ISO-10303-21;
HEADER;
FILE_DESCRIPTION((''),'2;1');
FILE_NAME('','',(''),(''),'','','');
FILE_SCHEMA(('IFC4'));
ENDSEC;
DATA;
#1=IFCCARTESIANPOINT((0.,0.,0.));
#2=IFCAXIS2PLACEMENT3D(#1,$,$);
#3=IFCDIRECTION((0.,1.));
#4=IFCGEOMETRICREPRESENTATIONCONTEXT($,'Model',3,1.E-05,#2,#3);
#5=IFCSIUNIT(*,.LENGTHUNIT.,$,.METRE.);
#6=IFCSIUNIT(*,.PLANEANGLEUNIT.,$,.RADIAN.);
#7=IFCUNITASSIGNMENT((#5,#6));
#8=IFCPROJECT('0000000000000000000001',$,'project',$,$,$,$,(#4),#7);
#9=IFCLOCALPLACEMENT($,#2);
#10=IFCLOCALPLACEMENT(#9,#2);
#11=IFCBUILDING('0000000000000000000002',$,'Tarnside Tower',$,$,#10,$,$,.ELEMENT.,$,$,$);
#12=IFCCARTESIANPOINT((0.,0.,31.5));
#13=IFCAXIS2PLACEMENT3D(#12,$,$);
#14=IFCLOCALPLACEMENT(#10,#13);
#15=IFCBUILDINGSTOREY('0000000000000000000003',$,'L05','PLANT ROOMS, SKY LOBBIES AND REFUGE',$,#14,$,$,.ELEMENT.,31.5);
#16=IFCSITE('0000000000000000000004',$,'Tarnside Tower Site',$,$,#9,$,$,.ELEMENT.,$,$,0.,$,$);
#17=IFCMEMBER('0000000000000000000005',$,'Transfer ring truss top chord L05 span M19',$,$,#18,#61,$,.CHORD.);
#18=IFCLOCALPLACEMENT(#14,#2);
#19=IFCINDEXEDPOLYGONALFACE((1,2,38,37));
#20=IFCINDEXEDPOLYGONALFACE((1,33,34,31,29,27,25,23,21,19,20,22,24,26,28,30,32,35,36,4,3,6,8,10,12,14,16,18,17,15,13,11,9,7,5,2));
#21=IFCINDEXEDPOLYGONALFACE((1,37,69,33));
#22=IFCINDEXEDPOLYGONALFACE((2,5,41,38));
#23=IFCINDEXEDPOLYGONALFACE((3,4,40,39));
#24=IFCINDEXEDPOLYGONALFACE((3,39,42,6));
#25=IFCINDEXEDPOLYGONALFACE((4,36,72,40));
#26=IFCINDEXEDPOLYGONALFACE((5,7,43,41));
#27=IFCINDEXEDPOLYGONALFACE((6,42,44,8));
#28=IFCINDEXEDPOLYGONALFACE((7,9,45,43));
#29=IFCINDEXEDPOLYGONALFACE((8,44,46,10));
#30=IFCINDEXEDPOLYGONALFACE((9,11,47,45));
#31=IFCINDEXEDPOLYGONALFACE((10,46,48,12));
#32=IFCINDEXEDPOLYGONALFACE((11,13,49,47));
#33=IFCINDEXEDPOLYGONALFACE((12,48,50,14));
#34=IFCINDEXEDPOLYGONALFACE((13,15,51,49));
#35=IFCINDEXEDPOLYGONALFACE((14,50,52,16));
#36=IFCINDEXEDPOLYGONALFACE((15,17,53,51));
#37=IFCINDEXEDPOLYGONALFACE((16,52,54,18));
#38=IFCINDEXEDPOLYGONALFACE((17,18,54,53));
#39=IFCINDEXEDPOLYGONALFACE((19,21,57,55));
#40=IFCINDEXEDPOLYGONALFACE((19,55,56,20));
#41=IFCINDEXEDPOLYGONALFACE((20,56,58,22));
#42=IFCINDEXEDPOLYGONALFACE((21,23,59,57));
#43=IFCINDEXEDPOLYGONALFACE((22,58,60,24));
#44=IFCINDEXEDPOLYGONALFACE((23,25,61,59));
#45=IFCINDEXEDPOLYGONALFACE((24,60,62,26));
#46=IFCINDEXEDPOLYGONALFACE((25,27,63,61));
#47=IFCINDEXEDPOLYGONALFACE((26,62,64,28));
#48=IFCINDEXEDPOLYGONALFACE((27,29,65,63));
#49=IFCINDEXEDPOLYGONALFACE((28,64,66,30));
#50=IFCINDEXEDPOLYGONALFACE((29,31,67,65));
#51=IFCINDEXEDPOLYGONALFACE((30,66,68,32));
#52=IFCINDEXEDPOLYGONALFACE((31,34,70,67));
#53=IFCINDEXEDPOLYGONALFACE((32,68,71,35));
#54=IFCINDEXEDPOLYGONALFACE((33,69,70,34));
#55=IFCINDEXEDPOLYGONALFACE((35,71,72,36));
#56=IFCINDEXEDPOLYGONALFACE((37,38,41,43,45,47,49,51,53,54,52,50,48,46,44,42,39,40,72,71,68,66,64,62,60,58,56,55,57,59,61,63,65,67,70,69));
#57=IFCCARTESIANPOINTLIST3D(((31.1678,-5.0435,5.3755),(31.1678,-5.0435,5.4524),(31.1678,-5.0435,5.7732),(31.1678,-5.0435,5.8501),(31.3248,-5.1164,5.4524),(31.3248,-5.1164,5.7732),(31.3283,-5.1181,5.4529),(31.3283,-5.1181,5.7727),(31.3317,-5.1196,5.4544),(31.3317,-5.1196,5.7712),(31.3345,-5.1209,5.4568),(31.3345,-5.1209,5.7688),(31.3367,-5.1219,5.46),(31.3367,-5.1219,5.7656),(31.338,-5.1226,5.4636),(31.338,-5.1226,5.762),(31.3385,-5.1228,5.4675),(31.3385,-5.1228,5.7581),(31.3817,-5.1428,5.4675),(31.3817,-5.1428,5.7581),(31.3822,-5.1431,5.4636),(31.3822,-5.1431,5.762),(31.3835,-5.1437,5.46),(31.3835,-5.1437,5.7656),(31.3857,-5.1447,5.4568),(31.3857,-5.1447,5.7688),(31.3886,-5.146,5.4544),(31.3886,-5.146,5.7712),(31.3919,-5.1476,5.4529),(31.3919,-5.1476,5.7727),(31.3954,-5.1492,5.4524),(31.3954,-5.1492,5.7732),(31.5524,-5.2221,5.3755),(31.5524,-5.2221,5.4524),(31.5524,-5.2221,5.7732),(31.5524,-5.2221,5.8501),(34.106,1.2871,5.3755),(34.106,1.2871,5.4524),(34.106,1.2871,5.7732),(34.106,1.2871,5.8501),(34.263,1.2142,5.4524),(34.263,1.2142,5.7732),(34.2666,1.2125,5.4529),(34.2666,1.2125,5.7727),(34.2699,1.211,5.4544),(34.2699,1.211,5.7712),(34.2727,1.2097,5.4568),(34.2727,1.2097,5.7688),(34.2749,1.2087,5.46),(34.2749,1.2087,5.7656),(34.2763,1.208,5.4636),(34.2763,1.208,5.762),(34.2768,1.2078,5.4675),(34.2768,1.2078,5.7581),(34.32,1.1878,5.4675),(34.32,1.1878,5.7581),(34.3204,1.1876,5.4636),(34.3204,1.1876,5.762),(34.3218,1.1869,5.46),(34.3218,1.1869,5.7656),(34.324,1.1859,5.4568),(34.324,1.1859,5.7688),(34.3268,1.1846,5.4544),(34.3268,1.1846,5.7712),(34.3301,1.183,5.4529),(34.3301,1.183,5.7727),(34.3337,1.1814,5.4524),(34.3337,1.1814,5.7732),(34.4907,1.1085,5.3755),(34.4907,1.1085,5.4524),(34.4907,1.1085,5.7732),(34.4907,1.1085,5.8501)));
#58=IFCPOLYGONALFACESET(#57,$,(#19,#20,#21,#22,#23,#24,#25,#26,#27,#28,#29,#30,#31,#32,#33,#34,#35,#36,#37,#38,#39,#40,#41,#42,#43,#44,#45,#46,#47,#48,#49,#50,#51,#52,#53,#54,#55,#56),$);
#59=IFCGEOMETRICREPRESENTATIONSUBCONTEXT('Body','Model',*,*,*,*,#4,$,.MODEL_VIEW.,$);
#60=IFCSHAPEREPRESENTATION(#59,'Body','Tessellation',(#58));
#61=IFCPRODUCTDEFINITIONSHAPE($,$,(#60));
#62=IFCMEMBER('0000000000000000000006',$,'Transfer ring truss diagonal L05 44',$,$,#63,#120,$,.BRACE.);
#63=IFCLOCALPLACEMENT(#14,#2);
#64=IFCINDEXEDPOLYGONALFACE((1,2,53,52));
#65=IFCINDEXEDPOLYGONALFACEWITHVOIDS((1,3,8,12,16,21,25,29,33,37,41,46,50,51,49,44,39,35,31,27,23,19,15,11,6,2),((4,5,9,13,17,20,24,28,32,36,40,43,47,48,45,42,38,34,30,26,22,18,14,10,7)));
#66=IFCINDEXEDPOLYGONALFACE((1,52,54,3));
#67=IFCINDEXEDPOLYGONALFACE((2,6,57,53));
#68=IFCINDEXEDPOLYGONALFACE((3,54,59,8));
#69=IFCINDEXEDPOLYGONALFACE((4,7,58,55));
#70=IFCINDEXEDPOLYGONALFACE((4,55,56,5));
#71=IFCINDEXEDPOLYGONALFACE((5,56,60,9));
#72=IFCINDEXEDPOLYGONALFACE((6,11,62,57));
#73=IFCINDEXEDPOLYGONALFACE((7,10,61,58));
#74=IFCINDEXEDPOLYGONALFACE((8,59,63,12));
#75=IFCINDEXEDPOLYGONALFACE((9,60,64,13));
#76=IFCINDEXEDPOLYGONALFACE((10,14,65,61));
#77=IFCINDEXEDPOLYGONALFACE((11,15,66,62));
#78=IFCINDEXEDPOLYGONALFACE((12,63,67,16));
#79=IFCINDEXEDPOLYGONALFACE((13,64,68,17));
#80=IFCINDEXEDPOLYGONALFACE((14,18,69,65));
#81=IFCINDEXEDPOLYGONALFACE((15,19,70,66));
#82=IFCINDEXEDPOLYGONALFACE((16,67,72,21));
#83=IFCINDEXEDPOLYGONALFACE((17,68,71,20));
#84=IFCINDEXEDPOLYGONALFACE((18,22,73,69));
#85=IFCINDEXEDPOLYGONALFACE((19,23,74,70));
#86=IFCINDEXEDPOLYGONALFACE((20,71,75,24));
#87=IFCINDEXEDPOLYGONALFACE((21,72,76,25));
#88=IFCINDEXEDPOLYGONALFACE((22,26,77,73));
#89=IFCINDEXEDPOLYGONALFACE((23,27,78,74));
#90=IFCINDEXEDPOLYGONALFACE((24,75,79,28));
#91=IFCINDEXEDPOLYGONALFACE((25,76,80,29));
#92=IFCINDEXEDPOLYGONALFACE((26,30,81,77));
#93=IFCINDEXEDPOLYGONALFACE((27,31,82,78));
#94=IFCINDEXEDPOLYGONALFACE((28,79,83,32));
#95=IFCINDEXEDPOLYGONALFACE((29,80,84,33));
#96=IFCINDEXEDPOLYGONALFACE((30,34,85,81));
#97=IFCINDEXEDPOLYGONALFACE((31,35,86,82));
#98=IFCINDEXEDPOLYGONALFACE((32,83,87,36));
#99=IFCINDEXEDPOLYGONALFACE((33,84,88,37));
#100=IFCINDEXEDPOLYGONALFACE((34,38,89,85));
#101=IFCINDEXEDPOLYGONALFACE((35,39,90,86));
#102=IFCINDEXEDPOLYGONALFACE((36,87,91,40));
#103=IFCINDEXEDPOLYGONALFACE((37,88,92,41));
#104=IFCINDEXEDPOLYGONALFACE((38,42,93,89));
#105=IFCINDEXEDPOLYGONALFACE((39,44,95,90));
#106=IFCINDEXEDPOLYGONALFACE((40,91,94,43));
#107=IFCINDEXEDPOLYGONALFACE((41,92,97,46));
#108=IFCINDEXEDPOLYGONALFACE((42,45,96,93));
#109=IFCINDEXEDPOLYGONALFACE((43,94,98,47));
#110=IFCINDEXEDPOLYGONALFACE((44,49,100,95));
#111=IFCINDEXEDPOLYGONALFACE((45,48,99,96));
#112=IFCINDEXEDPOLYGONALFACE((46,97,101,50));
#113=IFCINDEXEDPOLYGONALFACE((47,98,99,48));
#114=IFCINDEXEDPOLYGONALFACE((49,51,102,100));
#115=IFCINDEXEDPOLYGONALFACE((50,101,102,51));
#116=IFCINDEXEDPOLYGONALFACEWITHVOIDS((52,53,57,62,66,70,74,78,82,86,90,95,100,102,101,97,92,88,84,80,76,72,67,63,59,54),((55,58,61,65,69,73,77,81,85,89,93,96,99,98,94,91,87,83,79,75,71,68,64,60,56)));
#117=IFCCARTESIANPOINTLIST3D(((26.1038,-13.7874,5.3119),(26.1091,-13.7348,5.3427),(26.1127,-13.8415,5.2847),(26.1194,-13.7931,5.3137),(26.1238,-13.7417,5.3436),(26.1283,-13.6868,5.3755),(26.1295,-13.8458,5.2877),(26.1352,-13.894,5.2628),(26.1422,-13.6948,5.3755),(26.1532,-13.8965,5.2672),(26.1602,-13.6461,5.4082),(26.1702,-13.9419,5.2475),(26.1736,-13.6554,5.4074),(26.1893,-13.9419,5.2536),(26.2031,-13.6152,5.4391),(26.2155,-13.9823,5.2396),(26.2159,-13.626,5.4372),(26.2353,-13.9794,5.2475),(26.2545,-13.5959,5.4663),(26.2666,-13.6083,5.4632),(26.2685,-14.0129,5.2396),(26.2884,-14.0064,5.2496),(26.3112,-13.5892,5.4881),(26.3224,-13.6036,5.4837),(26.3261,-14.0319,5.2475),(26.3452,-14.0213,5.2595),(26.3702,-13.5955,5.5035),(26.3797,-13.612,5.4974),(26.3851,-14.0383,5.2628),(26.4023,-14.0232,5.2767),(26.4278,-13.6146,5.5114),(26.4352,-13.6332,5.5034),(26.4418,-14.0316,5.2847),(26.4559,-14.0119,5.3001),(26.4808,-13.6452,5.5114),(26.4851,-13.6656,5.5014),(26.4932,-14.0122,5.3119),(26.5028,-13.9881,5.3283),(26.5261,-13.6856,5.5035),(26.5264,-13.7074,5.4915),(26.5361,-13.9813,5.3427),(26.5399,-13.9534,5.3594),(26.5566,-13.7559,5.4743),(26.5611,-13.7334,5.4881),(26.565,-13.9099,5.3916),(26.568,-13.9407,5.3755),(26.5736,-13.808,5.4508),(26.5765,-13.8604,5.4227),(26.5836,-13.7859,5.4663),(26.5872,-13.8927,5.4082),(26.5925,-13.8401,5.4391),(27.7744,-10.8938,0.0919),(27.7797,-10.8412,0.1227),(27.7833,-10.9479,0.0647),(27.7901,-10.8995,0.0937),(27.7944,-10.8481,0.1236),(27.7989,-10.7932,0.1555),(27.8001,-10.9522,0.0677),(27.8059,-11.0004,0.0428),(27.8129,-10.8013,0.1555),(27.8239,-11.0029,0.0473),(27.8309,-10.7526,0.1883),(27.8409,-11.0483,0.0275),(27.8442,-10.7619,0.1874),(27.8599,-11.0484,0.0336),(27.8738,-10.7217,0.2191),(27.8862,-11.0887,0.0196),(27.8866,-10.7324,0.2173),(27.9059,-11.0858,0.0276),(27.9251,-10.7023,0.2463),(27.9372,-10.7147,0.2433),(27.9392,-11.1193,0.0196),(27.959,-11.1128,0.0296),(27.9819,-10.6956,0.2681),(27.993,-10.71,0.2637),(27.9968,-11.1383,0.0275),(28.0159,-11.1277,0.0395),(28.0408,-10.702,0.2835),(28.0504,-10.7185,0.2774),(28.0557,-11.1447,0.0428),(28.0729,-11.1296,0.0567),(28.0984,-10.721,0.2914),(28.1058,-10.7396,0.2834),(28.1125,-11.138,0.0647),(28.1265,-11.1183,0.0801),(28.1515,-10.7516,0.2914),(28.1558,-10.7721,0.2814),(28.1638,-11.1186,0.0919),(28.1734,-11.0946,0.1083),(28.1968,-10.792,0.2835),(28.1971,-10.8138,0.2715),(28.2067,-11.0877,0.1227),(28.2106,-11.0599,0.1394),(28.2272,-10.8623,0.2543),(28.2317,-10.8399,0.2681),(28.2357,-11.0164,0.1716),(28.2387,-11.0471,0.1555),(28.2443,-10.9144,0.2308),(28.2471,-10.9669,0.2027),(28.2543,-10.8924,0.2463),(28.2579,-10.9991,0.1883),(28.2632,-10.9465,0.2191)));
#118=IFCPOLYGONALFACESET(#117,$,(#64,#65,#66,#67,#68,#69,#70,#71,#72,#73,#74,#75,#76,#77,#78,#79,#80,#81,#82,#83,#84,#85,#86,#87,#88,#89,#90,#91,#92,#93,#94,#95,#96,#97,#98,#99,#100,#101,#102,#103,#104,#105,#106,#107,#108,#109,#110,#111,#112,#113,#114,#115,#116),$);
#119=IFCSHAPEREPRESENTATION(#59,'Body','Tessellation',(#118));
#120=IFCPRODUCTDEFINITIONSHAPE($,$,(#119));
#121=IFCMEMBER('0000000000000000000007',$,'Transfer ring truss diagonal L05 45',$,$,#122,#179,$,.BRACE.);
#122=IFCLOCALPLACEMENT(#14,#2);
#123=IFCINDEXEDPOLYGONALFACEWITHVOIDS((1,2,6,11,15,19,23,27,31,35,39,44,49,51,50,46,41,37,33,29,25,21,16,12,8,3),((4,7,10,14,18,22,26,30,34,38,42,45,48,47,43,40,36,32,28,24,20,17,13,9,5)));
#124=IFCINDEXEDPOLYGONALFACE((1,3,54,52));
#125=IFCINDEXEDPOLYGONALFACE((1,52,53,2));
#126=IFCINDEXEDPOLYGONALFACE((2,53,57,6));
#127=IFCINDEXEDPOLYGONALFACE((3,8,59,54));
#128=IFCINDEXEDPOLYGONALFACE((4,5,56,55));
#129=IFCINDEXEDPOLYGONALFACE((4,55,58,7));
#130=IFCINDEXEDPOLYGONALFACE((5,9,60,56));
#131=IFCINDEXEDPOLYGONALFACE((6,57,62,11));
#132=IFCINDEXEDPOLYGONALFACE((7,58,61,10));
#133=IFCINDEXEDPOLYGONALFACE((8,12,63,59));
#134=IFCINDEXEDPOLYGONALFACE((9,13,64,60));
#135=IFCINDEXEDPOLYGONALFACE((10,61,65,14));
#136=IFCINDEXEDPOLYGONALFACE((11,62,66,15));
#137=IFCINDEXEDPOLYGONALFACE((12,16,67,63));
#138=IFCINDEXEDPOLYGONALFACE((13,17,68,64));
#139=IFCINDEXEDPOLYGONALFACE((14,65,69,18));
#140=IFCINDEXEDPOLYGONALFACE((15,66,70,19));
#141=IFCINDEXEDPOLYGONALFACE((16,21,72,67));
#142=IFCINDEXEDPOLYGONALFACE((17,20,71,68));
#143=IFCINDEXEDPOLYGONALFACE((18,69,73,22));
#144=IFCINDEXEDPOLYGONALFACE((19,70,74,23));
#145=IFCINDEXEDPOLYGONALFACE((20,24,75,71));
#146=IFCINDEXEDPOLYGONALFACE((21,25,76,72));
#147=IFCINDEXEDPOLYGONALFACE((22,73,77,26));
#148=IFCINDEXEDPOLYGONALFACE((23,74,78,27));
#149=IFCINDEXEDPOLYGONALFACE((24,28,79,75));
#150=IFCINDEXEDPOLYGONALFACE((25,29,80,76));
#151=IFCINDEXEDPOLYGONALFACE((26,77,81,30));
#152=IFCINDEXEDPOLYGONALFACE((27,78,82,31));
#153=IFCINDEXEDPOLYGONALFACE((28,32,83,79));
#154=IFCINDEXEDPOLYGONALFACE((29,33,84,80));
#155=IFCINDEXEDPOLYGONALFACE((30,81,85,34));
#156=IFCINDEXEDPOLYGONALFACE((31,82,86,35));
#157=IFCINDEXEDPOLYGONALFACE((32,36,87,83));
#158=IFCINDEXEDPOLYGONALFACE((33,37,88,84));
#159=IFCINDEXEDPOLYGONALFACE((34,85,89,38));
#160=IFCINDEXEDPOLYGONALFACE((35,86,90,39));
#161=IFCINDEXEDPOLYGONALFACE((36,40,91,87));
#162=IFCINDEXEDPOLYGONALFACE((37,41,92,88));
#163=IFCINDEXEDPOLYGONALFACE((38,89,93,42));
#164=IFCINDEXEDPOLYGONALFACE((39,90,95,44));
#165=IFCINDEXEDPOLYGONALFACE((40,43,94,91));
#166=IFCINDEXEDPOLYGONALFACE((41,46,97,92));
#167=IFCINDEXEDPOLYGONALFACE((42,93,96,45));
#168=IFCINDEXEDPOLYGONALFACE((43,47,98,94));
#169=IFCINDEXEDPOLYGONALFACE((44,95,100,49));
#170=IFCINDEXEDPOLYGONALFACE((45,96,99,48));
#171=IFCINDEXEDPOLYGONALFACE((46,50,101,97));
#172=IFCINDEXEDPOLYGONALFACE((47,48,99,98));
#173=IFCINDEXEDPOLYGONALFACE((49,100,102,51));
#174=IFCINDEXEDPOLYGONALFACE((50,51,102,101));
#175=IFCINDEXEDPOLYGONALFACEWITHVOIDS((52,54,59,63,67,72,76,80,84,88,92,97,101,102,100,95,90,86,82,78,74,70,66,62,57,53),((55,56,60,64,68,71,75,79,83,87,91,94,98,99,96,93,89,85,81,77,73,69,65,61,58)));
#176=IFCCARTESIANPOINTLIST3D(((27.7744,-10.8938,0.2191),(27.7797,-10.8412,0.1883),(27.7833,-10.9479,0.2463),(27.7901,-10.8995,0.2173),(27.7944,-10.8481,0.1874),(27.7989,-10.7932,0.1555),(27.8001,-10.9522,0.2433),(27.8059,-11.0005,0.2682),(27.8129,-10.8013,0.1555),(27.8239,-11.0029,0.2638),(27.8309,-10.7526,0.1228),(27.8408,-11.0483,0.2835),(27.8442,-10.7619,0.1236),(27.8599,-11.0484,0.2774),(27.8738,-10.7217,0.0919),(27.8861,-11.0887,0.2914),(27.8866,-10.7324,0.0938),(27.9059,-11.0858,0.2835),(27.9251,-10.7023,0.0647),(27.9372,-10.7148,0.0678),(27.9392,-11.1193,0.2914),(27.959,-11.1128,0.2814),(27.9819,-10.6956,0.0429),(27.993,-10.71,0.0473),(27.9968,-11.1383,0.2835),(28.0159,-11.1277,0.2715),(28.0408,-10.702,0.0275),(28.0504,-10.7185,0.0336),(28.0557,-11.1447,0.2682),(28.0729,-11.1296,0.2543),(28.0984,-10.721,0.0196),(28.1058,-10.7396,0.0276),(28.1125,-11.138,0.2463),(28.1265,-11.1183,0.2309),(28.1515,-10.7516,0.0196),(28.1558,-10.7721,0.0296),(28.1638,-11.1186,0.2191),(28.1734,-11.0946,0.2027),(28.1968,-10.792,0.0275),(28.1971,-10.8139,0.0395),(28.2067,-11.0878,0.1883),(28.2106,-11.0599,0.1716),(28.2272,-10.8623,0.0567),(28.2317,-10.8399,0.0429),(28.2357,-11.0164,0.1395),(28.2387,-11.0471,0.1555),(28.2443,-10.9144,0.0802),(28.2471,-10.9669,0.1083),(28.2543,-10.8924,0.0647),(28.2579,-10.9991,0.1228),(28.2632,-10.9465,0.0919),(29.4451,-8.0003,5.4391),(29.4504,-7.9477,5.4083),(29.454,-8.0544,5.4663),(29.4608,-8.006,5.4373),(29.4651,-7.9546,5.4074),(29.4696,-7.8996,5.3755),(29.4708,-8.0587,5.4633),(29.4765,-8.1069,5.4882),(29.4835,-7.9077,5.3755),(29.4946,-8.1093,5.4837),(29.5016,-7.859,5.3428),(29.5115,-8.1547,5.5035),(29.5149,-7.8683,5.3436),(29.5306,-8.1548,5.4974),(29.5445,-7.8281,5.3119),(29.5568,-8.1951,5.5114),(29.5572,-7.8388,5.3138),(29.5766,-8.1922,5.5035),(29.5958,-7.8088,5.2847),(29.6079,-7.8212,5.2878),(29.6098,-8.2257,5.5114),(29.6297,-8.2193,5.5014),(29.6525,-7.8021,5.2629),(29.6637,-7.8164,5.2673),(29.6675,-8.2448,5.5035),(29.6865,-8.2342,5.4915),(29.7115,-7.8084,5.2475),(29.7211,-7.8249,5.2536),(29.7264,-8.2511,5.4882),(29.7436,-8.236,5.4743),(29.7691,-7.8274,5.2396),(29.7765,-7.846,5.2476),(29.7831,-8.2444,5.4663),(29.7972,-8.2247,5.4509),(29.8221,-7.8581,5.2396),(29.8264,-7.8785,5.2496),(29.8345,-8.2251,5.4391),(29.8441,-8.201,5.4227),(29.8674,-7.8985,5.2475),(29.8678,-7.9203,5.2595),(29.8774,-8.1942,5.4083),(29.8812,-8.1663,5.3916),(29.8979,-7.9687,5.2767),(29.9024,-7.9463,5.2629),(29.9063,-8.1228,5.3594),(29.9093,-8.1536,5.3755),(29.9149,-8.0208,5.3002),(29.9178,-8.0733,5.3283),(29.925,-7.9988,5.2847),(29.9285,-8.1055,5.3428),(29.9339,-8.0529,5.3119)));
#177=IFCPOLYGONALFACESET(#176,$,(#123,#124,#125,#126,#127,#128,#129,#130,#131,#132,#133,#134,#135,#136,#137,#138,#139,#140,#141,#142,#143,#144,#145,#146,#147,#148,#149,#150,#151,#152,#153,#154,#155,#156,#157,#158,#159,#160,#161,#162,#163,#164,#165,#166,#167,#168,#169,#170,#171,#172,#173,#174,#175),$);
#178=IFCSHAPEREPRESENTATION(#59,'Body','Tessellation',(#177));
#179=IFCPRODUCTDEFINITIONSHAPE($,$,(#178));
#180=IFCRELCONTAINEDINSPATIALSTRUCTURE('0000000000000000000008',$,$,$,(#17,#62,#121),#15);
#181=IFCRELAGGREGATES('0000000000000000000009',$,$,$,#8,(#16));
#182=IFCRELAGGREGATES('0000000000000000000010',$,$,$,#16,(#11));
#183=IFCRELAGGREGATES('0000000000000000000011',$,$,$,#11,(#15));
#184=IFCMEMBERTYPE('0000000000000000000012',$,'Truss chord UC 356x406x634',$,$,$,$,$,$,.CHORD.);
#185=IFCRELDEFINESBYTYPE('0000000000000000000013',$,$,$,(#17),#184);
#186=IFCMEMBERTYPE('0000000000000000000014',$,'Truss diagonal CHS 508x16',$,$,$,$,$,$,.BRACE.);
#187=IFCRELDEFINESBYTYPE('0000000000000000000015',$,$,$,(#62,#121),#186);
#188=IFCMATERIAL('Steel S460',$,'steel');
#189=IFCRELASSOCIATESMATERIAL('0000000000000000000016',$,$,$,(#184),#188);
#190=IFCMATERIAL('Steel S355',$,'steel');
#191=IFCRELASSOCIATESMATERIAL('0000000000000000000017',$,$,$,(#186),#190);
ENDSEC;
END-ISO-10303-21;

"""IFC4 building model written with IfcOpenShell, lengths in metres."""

from ifc_helpers import new_model, si_unit, direction, frame, origin, origin_2d, place, context, subcontext, project, spatial, hollow_circle, i_section, extrude, material, material_profile, profile_set, type_object, element, save


model = new_model("IFC4")

# Units and contexts
model_context = context("Model", 3, precision=1e-05, world=origin(), true_north=direction((0.0, 1.0)))
body_context = subcontext(model_context, "Body", "Model", "MODEL_VIEW")
ifc_project = project(units=[si_unit("LENGTHUNIT", "METRE"), si_unit("PLANEANGLEUNIT", "RADIAN")], contexts=[model_context])

# Site, building, storey
site_placement = place(None, origin())
site = spatial("IfcSite", under=ifc_project, at=site_placement, Name="Tarnside Tower Site", CompositionType="ELEMENT", RefElevation=0.0)
building_placement = place(site_placement, origin())
building = spatial("IfcBuilding", under=site, at=building_placement, Name="Tarnside Tower", CompositionType="ELEMENT")
storey_placement = place(building_placement, frame((0.0, 0.0, 31.5)))
storey = spatial("IfcBuildingStorey", under=building, at=storey_placement, Name="L05", Description="PLANT ROOMS, SKY LOBBIES AND REFUGE", CompositionType="ELEMENT", Elevation=31.5)

# Shared definitions
ifc_material_1 = material(Name="Steel S355", Category="steel")

# Members
ifc_material_2 = material(Name="Steel S460", Category="steel")
ifc_material_profile_1 = material_profile(ifc_material_2, i_section(OverallWidth=0.4241, OverallDepth=0.4746, WebThickness=0.0476, FlangeThickness=0.0769, FilletRadius=0.0151, at=origin_2d()), Name="UC 356x406x634")
ifc_profile_set_1 = profile_set([ifc_material_profile_1], Name="Steel S460")
member_type_1 = type_object("IfcMemberType", Name="Truss chord UC 356x406x634", PredefinedType="CHORD", material=ifc_profile_set_1)
member_1_placement = place(storey_placement, frame((31.3601, -5.1328, 5.6128), z_axis=(0.420998, 0.907061, 0.0), x_axis=(-0.907061, 0.420998, 0.0)))
element("IfcMember", 1, at=member_1_placement, inside=storey, type_object=member_type_1, Name="Transfer ring truss top chord L05 span M19", PredefinedType="CHORD", context=body_context, shape_type="SweptSolid", body=[
    extrude(i_section(OverallWidth=0.4241, OverallDepth=0.4746, WebThickness=0.0476, FlangeThickness=0.0769, FilletRadius=0.0151, at=origin_2d()), origin(), (0.0, 0.0, 1.0), 6.9792),
])
ifc_material_profile_2 = material_profile(ifc_material_1, hollow_circle(Radius=0.2539, WallThickness=0.0161, at=origin_2d()), Name="CHS 508x16")
ifc_profile_set_2 = profile_set([ifc_material_profile_2], Name="Steel S355")
member_type_2 = type_object("IfcMemberType", Name="Truss diagonal CHS 508x16", PredefinedType="BRACE", material=ifc_profile_set_2)
for number, where, z_axis, x_axis, name in (
    (2, (26.3481, -13.8137, 5.3755), (0.269559, 0.466873, -0.842239), (-0.866018, 0.500013, 0.0), "Transfer ring truss diagonal L05 44"),
    (3, (28.0188, -10.9202, 0.1555), (0.269559, 0.466873, 0.842239), (-0.866018, 0.500013, 0.0), "Transfer ring truss diagonal L05 45"),
):
    element("IfcMember", number, at=place(storey_placement, frame(where, z_axis=z_axis, x_axis=x_axis)), inside=storey, type_object=member_type_2, Name=name, PredefinedType="BRACE", context=body_context, shape_type="SweptSolid", body=[
        extrude(hollow_circle(Radius=0.2539, WallThickness=0.0161, at=origin_2d()), origin(), (0.0, 0.0, 1.0), 6.1978),
    ])

save(model, "model.ifc")
